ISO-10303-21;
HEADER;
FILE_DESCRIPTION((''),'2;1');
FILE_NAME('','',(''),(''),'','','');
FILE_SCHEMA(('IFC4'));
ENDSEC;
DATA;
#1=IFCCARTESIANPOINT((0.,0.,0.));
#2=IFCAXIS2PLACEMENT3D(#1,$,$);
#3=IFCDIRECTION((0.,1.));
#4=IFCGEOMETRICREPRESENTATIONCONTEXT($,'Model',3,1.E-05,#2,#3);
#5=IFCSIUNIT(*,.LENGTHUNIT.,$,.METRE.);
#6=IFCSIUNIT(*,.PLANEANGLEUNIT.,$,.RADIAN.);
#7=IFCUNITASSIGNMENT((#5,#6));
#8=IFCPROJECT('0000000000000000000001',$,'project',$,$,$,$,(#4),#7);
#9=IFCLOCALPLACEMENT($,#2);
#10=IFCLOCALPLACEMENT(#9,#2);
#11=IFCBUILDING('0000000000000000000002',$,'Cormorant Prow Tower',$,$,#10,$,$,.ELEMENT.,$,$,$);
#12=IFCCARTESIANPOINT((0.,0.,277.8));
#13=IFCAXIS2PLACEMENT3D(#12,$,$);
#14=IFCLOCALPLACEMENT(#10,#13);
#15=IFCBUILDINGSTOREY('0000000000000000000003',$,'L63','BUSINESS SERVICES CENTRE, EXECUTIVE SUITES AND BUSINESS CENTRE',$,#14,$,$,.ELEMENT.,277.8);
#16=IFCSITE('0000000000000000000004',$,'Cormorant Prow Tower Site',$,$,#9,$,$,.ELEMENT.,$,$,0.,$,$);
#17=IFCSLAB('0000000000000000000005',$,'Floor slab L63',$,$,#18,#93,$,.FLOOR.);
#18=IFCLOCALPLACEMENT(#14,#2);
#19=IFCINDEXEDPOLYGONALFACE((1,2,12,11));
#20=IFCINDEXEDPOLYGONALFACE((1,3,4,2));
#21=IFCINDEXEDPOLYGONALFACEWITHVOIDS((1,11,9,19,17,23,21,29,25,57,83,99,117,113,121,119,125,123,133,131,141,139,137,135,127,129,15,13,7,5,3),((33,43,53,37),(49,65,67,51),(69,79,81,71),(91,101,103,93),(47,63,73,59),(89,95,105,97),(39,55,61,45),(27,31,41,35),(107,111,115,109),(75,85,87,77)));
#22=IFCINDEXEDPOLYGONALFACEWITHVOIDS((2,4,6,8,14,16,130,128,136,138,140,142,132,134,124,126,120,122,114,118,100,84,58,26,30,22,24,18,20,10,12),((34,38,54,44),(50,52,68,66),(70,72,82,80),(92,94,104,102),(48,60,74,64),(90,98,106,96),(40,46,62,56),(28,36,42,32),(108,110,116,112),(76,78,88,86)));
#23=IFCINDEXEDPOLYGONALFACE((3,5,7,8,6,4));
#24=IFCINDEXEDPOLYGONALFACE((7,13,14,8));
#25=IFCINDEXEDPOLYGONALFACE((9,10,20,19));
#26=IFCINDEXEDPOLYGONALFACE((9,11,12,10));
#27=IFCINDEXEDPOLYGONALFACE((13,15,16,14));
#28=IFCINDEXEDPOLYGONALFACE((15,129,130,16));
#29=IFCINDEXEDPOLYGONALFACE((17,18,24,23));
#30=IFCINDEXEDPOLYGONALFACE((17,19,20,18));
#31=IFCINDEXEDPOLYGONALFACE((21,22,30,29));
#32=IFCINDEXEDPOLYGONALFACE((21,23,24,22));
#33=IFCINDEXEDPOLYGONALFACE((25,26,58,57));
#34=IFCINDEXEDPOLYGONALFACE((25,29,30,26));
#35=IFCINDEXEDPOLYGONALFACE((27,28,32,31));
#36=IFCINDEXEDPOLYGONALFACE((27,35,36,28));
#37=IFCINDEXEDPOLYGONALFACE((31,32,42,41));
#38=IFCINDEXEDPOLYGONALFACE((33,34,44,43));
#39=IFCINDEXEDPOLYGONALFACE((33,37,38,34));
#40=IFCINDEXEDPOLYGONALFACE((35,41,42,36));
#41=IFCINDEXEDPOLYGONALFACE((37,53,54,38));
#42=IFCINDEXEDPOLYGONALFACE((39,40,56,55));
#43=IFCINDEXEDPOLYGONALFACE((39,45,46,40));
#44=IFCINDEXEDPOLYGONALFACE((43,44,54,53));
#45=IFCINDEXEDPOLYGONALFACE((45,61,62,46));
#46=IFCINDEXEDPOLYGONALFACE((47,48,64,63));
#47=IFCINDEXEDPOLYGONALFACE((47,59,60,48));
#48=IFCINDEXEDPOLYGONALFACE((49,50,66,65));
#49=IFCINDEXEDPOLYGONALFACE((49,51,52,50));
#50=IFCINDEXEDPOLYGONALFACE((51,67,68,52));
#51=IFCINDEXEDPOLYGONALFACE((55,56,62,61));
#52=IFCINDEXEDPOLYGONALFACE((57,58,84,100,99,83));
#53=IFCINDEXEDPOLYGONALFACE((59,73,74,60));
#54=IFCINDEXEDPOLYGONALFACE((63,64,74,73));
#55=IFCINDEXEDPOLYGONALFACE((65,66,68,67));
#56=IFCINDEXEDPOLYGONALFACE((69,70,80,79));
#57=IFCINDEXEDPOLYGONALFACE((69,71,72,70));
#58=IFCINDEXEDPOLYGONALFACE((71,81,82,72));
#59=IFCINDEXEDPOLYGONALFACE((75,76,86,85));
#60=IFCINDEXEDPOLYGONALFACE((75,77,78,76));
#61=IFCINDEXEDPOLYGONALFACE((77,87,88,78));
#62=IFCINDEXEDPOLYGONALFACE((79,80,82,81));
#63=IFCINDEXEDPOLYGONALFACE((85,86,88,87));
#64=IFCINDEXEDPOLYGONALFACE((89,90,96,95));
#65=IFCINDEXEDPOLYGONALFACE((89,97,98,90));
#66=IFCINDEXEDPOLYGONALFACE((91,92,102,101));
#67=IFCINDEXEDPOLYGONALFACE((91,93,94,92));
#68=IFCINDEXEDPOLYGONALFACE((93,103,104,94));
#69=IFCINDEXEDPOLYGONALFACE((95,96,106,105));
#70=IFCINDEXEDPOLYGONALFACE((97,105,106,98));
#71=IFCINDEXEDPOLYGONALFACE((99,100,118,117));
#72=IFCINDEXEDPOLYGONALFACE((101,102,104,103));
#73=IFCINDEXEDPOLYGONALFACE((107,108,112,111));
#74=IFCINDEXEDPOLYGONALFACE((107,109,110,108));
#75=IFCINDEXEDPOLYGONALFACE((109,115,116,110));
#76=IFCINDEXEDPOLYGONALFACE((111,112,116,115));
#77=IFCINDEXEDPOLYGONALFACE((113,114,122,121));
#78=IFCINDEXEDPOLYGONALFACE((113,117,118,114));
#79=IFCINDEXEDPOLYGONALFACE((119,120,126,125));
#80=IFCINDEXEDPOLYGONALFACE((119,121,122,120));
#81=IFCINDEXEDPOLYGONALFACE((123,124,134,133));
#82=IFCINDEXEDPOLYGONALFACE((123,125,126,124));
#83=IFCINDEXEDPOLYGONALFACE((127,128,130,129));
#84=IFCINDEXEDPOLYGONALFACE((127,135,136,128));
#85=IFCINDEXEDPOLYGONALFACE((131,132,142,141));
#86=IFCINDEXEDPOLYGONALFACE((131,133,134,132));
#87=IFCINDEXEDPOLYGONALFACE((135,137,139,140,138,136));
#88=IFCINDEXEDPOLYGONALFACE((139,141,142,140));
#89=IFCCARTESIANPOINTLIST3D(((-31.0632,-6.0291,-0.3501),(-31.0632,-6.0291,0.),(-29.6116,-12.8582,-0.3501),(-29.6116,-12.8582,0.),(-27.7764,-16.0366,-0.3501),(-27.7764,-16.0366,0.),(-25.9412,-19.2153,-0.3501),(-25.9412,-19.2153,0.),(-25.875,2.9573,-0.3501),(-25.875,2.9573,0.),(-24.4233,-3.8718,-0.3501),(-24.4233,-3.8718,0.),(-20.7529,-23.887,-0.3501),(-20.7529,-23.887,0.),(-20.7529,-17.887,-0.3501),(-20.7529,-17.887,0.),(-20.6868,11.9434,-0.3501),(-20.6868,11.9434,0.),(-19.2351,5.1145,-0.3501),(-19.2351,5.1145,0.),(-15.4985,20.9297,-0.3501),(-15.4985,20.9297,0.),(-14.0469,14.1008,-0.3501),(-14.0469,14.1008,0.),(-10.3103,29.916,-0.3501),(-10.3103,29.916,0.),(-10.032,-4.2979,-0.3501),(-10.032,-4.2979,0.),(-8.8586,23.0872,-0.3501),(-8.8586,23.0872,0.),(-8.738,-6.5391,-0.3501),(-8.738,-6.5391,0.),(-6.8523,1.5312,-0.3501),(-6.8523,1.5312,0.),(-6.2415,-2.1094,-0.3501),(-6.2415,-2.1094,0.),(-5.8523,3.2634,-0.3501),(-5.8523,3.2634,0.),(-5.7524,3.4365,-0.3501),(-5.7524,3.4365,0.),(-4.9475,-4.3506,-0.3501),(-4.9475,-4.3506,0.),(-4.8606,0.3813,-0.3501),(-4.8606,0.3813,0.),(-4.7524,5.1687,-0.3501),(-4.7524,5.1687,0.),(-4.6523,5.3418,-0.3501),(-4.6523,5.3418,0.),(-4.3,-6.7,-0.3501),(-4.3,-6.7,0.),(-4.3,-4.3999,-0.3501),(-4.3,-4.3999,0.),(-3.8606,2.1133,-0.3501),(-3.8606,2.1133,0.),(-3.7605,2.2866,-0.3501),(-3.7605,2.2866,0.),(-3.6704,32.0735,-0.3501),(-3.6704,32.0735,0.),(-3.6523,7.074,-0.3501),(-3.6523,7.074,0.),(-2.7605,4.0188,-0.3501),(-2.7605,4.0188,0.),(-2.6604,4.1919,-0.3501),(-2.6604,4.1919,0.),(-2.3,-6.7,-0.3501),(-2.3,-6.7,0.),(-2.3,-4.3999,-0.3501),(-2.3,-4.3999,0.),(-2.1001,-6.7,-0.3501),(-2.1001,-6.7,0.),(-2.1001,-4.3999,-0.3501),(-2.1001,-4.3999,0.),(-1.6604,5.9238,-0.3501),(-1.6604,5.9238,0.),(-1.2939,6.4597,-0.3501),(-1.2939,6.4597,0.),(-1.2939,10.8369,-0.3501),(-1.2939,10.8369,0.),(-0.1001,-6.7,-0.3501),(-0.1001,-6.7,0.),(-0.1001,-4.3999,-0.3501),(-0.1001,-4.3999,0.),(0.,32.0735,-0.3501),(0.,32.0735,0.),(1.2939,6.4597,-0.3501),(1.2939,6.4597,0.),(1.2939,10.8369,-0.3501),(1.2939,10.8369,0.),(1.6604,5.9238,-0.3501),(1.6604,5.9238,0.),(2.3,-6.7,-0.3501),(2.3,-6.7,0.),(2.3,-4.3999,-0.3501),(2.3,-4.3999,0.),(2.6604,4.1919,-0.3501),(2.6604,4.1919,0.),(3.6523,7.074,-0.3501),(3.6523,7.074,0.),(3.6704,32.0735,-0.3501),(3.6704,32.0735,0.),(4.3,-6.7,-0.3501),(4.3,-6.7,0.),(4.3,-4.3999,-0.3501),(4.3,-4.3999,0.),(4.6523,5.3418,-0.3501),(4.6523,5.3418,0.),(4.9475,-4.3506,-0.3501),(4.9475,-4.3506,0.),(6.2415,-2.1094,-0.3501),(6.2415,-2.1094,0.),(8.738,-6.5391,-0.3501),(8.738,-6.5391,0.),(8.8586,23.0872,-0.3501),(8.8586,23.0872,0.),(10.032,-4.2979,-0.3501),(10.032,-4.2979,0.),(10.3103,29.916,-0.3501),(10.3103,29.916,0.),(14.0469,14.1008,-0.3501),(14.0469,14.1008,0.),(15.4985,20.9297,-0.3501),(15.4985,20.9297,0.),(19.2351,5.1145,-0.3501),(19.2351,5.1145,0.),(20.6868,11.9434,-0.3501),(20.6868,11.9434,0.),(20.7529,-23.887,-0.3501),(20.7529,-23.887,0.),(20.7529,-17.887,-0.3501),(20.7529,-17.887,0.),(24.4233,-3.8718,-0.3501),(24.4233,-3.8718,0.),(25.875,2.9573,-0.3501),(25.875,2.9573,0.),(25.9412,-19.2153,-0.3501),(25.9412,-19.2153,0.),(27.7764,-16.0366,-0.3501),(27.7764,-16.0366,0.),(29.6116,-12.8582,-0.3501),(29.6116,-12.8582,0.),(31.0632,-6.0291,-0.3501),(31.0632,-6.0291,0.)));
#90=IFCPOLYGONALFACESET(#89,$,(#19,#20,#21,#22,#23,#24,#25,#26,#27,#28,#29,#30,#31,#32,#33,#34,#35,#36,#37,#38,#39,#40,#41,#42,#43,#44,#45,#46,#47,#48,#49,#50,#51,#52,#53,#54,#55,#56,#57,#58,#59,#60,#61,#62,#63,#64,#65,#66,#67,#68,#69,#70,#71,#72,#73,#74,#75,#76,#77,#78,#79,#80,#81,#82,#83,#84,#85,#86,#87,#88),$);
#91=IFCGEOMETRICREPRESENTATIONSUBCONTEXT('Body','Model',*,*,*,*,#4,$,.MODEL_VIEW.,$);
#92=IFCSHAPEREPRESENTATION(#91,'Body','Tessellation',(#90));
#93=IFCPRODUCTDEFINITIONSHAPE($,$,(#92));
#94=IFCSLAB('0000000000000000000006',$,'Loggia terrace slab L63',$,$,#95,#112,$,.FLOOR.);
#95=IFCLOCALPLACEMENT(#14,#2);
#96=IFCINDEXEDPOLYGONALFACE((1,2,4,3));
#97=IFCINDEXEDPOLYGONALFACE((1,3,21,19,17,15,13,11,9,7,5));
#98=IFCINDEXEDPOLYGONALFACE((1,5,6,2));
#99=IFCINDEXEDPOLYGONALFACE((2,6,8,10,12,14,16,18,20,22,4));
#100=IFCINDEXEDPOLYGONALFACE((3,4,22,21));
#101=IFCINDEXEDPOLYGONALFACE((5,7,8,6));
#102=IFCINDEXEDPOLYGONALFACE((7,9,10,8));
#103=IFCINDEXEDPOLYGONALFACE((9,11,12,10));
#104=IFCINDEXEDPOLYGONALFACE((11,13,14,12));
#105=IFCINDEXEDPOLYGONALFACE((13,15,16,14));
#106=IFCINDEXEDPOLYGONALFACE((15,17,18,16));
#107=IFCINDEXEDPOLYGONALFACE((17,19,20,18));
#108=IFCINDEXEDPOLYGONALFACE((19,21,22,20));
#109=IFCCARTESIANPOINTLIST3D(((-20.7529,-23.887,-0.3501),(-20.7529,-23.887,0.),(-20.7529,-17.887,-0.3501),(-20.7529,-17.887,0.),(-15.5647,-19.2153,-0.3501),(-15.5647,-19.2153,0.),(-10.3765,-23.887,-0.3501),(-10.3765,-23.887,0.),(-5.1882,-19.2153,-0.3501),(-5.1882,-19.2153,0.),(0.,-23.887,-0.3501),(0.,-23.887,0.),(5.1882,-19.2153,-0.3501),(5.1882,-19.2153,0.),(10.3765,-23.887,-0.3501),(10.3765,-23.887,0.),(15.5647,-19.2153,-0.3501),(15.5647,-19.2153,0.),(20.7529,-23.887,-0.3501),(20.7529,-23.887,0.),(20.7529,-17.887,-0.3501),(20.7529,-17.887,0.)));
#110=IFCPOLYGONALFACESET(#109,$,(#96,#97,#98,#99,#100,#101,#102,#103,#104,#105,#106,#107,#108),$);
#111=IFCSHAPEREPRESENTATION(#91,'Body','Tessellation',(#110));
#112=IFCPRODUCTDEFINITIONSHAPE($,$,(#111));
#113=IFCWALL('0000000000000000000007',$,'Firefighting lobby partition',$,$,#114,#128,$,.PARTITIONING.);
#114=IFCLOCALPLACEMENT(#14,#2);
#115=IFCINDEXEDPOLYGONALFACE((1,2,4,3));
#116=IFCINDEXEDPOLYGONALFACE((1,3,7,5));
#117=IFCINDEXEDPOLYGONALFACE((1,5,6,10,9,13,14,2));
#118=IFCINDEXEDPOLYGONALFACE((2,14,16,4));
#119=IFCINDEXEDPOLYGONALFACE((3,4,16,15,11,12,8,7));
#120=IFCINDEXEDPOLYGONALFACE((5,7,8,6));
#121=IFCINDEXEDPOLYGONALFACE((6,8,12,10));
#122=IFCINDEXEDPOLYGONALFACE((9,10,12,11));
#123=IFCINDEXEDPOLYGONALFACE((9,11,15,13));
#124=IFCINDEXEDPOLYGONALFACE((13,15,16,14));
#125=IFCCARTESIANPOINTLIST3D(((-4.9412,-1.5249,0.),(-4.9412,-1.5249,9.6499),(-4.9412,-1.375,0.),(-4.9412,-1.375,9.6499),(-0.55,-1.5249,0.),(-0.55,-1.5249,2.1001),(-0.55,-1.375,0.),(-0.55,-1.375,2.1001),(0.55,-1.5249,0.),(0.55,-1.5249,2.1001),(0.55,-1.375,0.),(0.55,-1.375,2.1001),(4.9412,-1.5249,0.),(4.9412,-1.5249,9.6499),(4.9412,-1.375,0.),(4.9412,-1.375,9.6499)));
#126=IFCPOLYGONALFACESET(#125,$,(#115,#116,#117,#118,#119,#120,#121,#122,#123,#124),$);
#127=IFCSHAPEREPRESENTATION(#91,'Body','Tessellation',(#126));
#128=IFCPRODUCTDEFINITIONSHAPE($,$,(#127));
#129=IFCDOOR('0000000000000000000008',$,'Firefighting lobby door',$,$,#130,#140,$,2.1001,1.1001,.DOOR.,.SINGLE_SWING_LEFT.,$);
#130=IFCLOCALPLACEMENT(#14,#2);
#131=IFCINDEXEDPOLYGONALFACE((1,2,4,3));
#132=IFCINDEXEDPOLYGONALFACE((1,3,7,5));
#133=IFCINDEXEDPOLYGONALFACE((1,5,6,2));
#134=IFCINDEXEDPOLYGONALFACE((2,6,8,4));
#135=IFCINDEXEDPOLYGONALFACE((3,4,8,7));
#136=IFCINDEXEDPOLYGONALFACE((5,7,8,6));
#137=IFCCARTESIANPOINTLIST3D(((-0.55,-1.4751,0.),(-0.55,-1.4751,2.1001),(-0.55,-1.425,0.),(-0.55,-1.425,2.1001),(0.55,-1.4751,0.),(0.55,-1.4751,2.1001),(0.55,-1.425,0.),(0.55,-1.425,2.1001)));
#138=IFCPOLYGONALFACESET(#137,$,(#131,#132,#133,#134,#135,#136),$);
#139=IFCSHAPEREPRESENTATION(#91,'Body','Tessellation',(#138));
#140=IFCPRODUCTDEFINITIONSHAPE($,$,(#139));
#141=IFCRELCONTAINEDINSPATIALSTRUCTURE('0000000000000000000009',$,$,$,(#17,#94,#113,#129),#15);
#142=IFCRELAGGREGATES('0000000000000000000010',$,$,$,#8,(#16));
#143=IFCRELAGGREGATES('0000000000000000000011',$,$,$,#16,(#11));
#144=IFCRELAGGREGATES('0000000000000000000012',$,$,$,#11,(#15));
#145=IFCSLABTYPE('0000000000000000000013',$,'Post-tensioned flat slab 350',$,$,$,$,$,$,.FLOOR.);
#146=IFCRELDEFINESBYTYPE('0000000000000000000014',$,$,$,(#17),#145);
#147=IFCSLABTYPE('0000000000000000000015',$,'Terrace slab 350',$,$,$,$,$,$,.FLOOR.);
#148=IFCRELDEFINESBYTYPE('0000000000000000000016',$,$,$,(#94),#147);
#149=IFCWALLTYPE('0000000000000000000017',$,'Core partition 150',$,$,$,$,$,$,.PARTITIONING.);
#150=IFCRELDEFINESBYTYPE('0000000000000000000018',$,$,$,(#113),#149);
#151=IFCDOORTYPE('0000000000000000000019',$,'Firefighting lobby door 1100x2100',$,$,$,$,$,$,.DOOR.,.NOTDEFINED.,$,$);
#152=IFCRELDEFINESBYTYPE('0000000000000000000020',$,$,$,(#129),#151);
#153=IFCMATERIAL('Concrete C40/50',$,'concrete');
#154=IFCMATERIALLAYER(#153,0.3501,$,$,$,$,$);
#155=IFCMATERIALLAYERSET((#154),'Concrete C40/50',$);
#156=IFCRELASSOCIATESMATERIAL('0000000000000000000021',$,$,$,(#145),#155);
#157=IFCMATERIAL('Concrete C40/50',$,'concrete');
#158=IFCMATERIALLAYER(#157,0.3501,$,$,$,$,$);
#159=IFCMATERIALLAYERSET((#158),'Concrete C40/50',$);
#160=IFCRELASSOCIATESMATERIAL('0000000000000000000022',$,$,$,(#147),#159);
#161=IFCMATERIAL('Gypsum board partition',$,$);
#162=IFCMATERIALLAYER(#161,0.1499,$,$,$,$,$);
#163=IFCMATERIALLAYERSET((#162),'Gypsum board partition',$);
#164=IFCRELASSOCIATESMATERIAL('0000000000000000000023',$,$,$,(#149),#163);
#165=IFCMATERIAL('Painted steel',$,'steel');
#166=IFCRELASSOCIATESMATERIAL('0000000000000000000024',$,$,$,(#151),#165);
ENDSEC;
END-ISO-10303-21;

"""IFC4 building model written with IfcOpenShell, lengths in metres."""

from ifc_helpers import new_model, si_unit, direction, frame, frame_2d, origin, place, context, subcontext, project, spatial, polyline, rectangle, outline, extrude, material, layer, layer_set, type_object, element, fill, save


model = new_model("IFC4")

# Units and contexts
model_context = context("Model", 3, precision=1e-05, world=origin(), true_north=direction((0.0, 1.0)))
body_context = subcontext(model_context, "Body", "Model", "MODEL_VIEW")
ifc_project = project(units=[si_unit("LENGTHUNIT", "METRE"), si_unit("PLANEANGLEUNIT", "RADIAN")], contexts=[model_context])

# Site, building, storey
site_placement = place(None, origin())
site = spatial("IfcSite", under=ifc_project, at=site_placement, Name="Cormorant Prow Tower Site", CompositionType="ELEMENT", RefElevation=0.0)
building_placement = place(site_placement, origin())
building = spatial("IfcBuilding", under=site, at=building_placement, Name="Cormorant Prow Tower", CompositionType="ELEMENT")
storey_placement = place(building_placement, frame((0.0, 0.0, 277.8)))
storey = spatial("IfcBuildingStorey", under=building, at=storey_placement, Name="L63", Description="BUSINESS SERVICES CENTRE, EXECUTIVE SUITES AND BUSINESS CENTRE", CompositionType="ELEMENT", Elevation=277.8)

# Slabs
ifc_material_1 = material(Name="Concrete C40/50", Category="concrete")
ifc_layer_1 = layer(ifc_material_1, 0.3501)
ifc_layer_set_1 = layer_set([ifc_layer_1], Name="Concrete C40/50")
slab_type_1 = type_object("IfcSlabType", Name="Post-tensioned flat slab 350", PredefinedType="FLOOR", material=ifc_layer_set_1)
slab_1_placement = place(storey_placement, frame((0.0, 0.0, -0.3501)))
element("IfcSlab", 1, at=slab_1_placement, inside=storey, type_object=slab_type_1, Name="Floor slab L63", PredefinedType="FLOOR", context=body_context, shape_type="SweptSolid", body=[
    extrude(outline(polyline([(-8.8586, 23.0872), (-15.4985, 20.9297), (-14.0469, 14.1008), (-20.6868, 11.9434), (-19.2351, 5.1145), (-25.875, 2.9573), (-24.4233, -3.8718), (-31.0632, -6.0291), (-29.6116, -12.8582), (-27.7764, -16.0366), (-25.9412, -19.2153), (-20.7529, -23.887), (-20.7529, -17.887), (20.7529, -17.887), (20.7529, -23.887), (25.9412, -19.2153), (27.7764, -16.0366), (29.6116, -12.8582), (31.0632, -6.0291), (24.4233, -3.8718), (25.875, 2.9573), (19.2351, 5.1145), (20.6868, 11.9434), (14.0469, 14.1008), (15.4985, 20.9297), (8.8586, 23.0872), (10.3103, 29.916), (3.6704, 32.0735), (0.0, 32.0735), (-3.6704, 32.0735), (-10.3103, 29.916), (-8.8586, 23.0872)]), holes=[polyline([(-4.3, -4.3999), (-2.3, -4.3999), (-2.3, -6.7), (-4.3, -6.7), (-4.3, -4.3999)]), polyline([(-0.1001, -4.3999), (-0.1001, -6.7), (-2.1001, -6.7), (-2.1001, -4.3999), (-0.1001, -4.3999)]), polyline([(4.3, -6.7), (2.3, -6.7), (2.3, -4.3999), (4.3, -4.3999), (4.3, -6.7)]), polyline([(4.6523, 5.3418), (2.6604, 4.1919), (1.6604, 5.9238), (3.6523, 7.074), (4.6523, 5.3418)]), polyline([(-1.6604, 5.9238), (-2.6604, 4.1919), (-4.6523, 5.3418), (-3.6523, 7.074), (-1.6604, 5.9238)]), polyline([(-3.7605, 2.2866), (-5.7524, 3.4365), (-4.7524, 5.1687), (-2.7605, 4.0188), (-3.7605, 2.2866)]), polyline([(-6.8523, 1.5312), (-5.8523, 3.2634), (-3.8606, 2.1133), (-4.8606, 0.3813), (-6.8523, 1.5312)]), polyline([(-4.9475, -4.3506), (-8.738, -6.5391), (-10.032, -4.2979), (-6.2415, -2.1094), (-4.9475, -4.3506)]), polyline([(10.032, -4.2979), (8.738, -6.5391), (4.9475, -4.3506), (6.2415, -2.1094), (10.032, -4.2979)]), polyline([(1.2939, 10.8369), (1.2939, 6.4597), (-1.2939, 6.4597), (-1.2939, 10.8369), (1.2939, 10.8369)])]), origin(), (0.0, 0.0, 1.0), 0.3501),
])
ifc_material_2 = material(Name="Concrete C40/50", Category="concrete")
ifc_layer_2 = layer(ifc_material_2, 0.3501)
ifc_layer_set_2 = layer_set([ifc_layer_2], Name="Concrete C40/50")
slab_type_2 = type_object("IfcSlabType", Name="Terrace slab 350", PredefinedType="FLOOR", material=ifc_layer_set_2)
slab_2_placement = place(storey_placement, frame((0.0, 0.0, -0.3501)))
element("IfcSlab", 2, at=slab_2_placement, inside=storey, type_object=slab_type_2, Name="Loggia terrace slab L63", PredefinedType="FLOOR", context=body_context, shape_type="SweptSolid", body=[
    extrude(outline(polyline([(-20.7529, -23.887), (-15.5647, -19.2153), (-10.3765, -23.887), (-5.1882, -19.2153), (0.0, -23.887), (5.1882, -19.2153), (10.3765, -23.887), (15.5647, -19.2153), (20.7529, -23.887), (20.7529, -17.887), (-20.7529, -17.887), (-20.7529, -23.887)])), origin(), (0.0, 0.0, 1.0), 0.3501),
])

# Wall, opening, door
ifc_material_3 = material(Name="Gypsum board partition")
ifc_layer_3 = layer(ifc_material_3, 0.1499)
ifc_layer_set_3 = layer_set([ifc_layer_3], Name="Gypsum board partition")
wall_type_1 = type_object("IfcWallType", Name="Core partition 150", PredefinedType="PARTITIONING", material=ifc_layer_set_3)
wall_1_placement = place(storey_placement, frame((-4.9412, -1.45, 0.0), z_axis=(0.0, 0.0, 1.0), x_axis=(1.0, 0.0, 0.0)))
wall_1 = element("IfcWall", 3, at=wall_1_placement, inside=storey, type_object=wall_type_1, Name="Firefighting lobby partition", PredefinedType="PARTITIONING", context=body_context, shape_type="SweptSolid", body=[
    extrude(rectangle(XDim=9.8823, YDim=0.1499, at=frame_2d((4.9412, 0.0))), origin(), (0.0, 0.0, 1.0), 9.6499),
])
opening_1_placement = place(wall_1_placement, frame((4.3911, 0.0, 0.0)))
opening_1 = element("IfcOpeningElement", 4, at=opening_1_placement, cuts=wall_1, PredefinedType="OPENING", context=body_context, shape_type="SweptSolid", body=[
    extrude(rectangle(XDim=1.1001, YDim=2.1001, at=frame_2d((0.55, 1.05))), frame((0.0, 0.085, 0.0), z_axis=(0.0, -1.0, 0.0), x_axis=(1.0, 0.0, 0.0)), (0.0, 0.0, 1.0), 0.1699),
])
ifc_material_4 = material(Name="Painted steel", Category="steel")
door_type_1 = type_object("IfcDoorType", Name="Firefighting lobby door 1100x2100", OperationType="NOTDEFINED", PredefinedType="DOOR", material=ifc_material_4)
door_1_placement = place(opening_1_placement, origin())
door_1 = element("IfcDoor", 5, at=door_1_placement, inside=storey, type_object=door_type_1, Name="Firefighting lobby door", OperationType="SINGLE_SWING_LEFT", OverallHeight=2.1001, OverallWidth=1.1001, PredefinedType="DOOR", context=body_context, shape_type="SweptSolid", body=[
    extrude(rectangle(XDim=1.1001, YDim=2.1001, at=frame_2d((0.55, 1.05))), frame((0.0, 0.0249, 0.0), z_axis=(0.0, -1.0, 0.0), x_axis=(1.0, 0.0, 0.0)), (0.0, 0.0, 1.0), 0.05),
])
fill(opening_1, door_1)

save(model, "model.ifc")
